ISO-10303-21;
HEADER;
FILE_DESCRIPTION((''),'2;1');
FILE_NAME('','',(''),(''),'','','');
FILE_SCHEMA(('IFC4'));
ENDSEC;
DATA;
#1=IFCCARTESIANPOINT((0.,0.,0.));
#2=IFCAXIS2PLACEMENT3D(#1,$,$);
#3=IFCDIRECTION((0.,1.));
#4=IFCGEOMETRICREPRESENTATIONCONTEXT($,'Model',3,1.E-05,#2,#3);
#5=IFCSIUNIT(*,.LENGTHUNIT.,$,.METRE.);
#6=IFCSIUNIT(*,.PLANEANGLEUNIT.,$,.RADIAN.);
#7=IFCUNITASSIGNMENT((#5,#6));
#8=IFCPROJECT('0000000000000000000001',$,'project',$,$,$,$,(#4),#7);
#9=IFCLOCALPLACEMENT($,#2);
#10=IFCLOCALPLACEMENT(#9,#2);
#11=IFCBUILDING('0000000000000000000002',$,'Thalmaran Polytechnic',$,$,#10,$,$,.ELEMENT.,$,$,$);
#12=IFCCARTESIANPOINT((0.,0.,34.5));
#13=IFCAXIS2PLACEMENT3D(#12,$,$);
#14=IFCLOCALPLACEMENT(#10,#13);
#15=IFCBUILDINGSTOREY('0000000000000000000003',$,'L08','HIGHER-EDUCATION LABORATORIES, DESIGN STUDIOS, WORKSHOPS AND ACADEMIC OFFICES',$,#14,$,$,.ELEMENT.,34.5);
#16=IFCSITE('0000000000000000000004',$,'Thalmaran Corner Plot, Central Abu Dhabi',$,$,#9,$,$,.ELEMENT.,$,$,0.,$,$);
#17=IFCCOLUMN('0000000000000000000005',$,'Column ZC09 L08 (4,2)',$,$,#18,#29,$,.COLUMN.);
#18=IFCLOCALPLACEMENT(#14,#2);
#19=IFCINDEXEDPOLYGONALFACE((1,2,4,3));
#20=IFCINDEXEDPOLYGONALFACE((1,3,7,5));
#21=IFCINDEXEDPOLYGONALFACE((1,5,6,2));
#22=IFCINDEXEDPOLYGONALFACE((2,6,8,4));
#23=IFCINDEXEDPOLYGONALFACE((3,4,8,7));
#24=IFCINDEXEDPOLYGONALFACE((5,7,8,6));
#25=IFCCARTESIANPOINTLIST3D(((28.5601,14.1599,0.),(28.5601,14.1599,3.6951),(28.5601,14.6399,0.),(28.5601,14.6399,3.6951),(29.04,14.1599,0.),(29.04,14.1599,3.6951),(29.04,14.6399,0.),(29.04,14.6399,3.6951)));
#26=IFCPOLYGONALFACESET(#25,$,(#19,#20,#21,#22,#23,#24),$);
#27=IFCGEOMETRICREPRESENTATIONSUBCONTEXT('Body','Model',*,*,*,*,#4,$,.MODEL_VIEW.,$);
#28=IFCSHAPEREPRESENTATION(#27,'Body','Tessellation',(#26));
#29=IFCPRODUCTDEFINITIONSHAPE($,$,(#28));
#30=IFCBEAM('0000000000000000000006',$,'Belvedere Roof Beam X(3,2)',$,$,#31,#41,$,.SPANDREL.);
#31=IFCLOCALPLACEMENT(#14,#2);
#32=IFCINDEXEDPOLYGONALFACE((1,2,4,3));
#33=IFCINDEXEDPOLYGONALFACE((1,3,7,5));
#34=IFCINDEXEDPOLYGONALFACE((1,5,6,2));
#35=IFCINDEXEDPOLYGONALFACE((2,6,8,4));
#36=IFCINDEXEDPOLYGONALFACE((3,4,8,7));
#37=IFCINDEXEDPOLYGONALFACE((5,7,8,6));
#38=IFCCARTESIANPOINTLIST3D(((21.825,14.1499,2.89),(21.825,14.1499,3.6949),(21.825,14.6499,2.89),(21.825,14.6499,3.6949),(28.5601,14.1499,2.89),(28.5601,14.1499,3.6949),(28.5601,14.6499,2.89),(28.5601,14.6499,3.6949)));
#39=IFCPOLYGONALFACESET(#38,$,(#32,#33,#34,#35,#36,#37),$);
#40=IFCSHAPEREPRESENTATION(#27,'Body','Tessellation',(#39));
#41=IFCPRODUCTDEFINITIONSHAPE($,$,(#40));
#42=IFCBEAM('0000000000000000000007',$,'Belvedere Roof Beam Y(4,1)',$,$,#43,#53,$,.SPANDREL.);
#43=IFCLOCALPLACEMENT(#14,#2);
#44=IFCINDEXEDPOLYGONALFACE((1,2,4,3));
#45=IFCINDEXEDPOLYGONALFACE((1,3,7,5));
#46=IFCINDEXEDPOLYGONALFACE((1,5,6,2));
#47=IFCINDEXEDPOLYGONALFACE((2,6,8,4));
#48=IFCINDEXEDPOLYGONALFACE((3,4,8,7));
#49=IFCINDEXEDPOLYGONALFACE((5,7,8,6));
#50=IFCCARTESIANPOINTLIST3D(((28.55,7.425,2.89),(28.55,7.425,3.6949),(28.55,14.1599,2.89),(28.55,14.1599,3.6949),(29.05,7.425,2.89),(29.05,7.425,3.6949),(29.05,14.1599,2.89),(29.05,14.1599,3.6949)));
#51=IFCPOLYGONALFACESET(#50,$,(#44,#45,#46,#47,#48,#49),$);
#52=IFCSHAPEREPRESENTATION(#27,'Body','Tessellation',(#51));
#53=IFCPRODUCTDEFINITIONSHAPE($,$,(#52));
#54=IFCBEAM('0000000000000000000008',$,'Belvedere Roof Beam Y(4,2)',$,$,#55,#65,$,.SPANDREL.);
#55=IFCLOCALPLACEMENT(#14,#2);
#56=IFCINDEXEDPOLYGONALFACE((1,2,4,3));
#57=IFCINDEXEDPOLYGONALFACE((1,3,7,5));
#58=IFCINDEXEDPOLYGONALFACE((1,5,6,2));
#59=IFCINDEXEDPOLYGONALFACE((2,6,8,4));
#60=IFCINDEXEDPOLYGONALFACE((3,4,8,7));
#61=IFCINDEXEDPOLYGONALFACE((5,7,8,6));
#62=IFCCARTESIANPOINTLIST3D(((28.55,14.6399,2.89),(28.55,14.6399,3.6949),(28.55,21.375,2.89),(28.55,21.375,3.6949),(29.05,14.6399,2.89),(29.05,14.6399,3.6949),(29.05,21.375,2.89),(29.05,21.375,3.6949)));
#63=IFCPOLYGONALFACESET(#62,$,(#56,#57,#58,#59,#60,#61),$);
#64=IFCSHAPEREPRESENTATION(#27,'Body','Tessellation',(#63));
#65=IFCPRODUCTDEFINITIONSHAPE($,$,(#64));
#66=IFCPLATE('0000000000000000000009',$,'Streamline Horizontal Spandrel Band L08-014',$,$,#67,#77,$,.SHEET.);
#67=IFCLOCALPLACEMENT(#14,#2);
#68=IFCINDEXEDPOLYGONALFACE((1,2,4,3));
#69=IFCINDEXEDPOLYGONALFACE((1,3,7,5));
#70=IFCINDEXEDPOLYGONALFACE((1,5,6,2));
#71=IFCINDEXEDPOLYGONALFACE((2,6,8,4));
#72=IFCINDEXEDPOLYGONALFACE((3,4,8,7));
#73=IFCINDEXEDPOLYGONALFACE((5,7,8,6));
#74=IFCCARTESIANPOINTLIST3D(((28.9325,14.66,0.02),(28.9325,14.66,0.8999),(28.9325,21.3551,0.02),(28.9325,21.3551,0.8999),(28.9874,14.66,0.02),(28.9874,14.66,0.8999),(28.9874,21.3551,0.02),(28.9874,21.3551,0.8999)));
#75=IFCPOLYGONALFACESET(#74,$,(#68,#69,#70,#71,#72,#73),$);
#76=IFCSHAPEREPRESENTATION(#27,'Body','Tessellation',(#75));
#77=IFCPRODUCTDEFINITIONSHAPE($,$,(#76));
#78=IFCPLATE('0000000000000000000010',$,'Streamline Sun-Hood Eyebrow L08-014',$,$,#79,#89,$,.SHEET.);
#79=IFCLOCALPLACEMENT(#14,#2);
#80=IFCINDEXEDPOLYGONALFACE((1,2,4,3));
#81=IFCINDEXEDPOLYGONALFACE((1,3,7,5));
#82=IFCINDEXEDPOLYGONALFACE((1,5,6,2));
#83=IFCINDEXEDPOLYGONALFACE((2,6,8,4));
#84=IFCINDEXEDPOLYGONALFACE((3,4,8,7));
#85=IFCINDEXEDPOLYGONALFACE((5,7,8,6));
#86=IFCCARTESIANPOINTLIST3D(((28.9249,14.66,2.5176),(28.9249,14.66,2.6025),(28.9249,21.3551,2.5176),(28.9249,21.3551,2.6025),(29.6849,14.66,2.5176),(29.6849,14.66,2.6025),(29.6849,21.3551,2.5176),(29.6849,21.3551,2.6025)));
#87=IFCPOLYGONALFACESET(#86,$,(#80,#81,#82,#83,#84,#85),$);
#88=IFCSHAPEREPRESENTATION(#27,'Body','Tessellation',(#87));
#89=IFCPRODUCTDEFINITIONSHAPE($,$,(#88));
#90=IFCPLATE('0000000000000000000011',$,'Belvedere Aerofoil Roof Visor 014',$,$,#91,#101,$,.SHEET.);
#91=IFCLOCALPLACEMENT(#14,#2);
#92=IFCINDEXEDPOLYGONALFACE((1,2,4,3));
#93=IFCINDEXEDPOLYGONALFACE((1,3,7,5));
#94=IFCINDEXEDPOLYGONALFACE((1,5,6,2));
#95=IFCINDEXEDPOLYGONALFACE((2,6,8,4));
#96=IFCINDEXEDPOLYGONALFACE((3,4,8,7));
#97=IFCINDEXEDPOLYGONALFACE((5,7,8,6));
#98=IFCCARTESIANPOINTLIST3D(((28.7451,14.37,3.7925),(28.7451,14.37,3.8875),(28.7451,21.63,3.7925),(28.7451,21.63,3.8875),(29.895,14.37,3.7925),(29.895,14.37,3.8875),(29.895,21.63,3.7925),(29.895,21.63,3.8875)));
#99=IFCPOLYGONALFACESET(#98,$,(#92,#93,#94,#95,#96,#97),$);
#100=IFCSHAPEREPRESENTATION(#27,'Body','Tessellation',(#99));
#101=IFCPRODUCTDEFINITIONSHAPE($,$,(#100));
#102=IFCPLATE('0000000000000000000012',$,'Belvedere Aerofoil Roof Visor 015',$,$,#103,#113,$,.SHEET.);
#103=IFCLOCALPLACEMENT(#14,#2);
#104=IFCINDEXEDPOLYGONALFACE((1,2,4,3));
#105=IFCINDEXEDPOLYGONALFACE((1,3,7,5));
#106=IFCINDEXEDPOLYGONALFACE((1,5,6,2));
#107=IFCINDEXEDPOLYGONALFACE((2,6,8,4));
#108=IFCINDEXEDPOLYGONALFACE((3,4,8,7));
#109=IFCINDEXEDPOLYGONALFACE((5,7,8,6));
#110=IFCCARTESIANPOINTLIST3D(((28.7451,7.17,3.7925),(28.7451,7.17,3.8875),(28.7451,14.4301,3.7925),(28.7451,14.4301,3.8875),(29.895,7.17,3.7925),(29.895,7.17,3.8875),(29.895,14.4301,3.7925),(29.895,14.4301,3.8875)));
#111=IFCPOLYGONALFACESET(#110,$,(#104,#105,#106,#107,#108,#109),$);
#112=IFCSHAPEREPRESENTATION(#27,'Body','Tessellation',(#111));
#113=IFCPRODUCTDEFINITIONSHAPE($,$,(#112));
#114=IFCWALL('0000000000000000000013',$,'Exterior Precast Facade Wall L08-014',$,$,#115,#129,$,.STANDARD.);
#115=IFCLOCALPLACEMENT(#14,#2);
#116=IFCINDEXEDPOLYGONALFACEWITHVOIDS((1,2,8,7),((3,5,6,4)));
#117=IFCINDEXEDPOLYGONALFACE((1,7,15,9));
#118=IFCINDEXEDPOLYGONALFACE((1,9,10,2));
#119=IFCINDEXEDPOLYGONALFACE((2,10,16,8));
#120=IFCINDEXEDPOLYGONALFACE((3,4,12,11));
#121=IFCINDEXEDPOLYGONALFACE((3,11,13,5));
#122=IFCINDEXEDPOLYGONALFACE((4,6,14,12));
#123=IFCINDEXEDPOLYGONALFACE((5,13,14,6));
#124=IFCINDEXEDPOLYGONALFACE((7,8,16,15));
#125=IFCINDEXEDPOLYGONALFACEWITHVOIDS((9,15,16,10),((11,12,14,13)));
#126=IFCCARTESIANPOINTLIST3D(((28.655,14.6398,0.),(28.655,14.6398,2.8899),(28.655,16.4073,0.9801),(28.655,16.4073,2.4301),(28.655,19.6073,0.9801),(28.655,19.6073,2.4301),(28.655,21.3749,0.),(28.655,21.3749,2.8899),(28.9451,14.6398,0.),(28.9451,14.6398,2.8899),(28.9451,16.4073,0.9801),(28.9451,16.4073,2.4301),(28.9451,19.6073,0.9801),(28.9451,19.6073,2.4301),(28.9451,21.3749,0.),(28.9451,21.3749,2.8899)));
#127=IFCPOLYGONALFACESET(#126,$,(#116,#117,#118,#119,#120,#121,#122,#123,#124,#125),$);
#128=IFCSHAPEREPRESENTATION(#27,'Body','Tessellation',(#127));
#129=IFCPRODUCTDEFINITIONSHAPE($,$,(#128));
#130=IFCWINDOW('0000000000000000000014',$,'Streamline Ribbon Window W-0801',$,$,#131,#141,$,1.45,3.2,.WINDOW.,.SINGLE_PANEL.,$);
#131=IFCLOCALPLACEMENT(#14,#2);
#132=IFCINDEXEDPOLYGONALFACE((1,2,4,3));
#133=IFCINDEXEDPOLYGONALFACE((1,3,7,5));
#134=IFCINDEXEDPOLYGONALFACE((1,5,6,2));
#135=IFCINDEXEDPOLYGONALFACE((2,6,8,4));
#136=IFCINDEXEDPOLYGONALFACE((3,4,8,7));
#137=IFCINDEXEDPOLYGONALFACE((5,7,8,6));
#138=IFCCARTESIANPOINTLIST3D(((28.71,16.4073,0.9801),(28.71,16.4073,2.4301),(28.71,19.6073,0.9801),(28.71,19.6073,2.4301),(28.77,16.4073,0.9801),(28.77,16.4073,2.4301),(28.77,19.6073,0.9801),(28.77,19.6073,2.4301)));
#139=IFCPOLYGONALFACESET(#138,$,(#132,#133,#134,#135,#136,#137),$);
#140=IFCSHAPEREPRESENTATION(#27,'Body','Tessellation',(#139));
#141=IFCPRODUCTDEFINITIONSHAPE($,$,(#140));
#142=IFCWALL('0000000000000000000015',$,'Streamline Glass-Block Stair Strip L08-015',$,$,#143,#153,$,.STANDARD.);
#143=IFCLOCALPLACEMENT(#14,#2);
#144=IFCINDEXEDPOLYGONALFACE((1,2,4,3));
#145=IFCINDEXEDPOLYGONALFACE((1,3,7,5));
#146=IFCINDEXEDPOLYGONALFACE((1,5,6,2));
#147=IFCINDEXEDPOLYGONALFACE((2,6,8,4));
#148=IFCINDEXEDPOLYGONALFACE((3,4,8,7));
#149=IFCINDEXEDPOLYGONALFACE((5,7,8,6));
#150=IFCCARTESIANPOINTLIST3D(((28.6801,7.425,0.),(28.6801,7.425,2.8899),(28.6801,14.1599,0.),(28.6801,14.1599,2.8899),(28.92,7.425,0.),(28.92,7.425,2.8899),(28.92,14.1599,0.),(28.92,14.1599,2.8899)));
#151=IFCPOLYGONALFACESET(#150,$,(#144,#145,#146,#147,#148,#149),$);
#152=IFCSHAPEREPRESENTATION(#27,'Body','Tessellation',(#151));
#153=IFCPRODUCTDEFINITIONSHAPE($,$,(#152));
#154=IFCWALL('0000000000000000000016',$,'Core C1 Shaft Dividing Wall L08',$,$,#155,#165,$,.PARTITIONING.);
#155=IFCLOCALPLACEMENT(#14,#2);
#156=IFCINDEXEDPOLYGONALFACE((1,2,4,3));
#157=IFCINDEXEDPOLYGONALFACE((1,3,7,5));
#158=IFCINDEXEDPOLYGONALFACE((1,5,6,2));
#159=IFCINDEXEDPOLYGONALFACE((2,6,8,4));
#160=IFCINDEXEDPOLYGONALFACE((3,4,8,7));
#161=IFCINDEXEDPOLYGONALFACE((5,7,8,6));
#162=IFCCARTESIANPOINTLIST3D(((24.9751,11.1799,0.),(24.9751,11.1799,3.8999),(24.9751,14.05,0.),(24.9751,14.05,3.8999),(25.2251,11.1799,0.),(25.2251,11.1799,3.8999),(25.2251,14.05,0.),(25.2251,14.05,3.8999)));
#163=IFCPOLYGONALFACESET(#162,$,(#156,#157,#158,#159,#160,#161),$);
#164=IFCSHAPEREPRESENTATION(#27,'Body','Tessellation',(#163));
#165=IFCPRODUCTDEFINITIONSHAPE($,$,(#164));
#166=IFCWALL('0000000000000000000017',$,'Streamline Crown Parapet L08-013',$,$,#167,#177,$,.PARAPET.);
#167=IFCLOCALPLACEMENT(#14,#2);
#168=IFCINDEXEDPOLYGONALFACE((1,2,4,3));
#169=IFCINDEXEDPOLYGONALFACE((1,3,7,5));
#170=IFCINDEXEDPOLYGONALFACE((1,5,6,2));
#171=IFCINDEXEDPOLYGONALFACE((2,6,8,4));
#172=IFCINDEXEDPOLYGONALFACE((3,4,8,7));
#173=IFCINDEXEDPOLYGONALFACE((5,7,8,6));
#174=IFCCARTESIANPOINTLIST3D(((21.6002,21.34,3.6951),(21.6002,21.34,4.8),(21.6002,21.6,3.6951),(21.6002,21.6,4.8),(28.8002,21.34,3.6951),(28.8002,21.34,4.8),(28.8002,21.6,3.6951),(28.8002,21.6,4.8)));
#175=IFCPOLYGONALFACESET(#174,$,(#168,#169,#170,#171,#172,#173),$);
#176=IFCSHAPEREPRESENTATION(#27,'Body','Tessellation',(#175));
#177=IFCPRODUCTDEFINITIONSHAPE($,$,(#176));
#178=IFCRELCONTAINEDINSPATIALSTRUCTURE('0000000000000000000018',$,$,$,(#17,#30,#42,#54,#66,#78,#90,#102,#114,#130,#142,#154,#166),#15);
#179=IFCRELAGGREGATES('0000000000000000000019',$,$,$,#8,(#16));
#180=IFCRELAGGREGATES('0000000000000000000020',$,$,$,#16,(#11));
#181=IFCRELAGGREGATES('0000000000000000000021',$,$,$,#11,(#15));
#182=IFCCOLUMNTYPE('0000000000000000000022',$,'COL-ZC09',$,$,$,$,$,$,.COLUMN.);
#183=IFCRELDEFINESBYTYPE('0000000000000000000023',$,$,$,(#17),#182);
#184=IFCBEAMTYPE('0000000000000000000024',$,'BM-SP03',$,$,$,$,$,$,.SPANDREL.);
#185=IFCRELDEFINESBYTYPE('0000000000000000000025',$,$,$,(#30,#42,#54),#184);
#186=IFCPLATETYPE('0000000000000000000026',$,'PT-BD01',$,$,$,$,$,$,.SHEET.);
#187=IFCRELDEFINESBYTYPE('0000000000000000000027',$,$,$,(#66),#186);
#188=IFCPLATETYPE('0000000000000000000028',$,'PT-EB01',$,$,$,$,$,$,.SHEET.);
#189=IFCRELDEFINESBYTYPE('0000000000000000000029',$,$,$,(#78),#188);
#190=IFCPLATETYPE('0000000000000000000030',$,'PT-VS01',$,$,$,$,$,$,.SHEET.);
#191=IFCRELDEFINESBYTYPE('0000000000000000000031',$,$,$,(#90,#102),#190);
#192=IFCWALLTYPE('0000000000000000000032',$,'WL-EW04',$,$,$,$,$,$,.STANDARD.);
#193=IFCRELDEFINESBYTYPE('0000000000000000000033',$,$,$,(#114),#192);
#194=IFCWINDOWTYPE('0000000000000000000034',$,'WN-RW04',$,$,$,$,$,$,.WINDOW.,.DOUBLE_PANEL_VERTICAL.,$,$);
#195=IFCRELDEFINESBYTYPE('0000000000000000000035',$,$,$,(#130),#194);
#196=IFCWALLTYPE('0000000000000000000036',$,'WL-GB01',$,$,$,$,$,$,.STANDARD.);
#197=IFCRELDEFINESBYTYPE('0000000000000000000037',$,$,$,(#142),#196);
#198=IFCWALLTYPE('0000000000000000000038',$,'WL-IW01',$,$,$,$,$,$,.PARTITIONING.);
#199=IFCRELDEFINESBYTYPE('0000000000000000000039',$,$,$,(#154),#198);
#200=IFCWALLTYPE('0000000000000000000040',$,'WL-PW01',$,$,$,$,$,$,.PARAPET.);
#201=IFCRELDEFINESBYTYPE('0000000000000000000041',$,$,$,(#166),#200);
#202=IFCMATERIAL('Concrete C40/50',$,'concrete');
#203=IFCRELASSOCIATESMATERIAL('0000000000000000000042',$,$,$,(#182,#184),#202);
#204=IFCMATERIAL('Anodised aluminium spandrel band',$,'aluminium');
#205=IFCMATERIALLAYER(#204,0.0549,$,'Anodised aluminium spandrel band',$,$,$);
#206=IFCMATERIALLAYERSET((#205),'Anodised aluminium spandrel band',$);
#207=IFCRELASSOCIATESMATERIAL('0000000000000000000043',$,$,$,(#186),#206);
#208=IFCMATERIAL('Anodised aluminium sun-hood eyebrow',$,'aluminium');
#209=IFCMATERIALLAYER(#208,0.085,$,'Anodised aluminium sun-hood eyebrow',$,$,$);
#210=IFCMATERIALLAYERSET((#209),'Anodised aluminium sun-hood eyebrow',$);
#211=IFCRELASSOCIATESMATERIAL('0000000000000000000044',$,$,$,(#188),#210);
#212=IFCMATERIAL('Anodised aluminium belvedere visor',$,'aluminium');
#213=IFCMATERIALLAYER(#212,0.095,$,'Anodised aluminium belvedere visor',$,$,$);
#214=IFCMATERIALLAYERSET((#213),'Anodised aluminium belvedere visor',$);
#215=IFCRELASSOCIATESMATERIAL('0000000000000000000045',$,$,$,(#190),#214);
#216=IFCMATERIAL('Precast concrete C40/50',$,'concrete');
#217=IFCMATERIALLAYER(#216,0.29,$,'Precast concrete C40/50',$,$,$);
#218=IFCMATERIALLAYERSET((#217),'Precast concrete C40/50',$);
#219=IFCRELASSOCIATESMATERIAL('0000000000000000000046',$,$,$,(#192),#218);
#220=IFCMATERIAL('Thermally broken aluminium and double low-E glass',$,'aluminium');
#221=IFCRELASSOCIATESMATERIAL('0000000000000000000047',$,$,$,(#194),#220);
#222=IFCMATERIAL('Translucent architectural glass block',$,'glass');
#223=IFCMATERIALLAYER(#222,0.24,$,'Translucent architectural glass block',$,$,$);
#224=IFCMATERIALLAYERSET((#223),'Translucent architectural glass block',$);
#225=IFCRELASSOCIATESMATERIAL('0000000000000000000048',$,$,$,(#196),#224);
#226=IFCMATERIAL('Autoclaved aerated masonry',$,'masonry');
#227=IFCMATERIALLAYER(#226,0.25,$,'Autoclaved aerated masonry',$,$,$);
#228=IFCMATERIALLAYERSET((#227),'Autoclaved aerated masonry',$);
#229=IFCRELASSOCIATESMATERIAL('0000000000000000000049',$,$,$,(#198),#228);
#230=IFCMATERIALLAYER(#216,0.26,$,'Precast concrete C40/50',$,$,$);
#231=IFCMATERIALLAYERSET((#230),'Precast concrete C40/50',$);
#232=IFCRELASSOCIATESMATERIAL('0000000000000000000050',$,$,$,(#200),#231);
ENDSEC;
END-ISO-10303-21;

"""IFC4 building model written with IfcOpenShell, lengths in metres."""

from ifc_helpers import new_model, si_unit, direction, frame, frame_2d, origin, origin_2d, place, context, subcontext, project, spatial, rectangle, extrude, material, layer, layer_set, material_profile, profile_set, type_object, element, fill, save


model = new_model("IFC4")

# Units and contexts
model_context = context("Model", 3, precision=1e-05, world=origin(), true_north=direction((0.0, 1.0)))
body_context = subcontext(model_context, "Body", "Model", "MODEL_VIEW")
ifc_project = project(units=[si_unit("LENGTHUNIT", "METRE"), si_unit("PLANEANGLEUNIT", "RADIAN")], contexts=[model_context])

# Site, building, storey
site_placement = place(None, origin())
site = spatial("IfcSite", under=ifc_project, at=site_placement, Name="Thalmaran Corner Plot, Central Abu Dhabi", CompositionType="ELEMENT", RefElevation=0.0)
building_placement = place(site_placement, origin())
building = spatial("IfcBuilding", under=site, at=building_placement, Name="Thalmaran Polytechnic", CompositionType="ELEMENT")
storey_placement = place(building_placement, frame((0.0, 0.0, 34.5)))
storey = spatial("IfcBuildingStorey", under=building, at=storey_placement, Name="L08", Description="HIGHER-EDUCATION LABORATORIES, DESIGN STUDIOS, WORKSHOPS AND ACADEMIC OFFICES", CompositionType="ELEMENT", Elevation=34.5)

# Column
ifc_material_1 = material(Name="Concrete C40/50", Category="concrete")
ifc_material_profile_1 = material_profile(ifc_material_1, rectangle(XDim=0.48, YDim=0.48, at=origin_2d()), Name="RC 480x480")
ifc_profile_set_1 = profile_set([ifc_material_profile_1], Name="Concrete C40/50")
column_type = type_object("IfcColumnType", Name="COL-ZC09", PredefinedType="COLUMN", material=ifc_profile_set_1)
column_placement = place(storey_placement, frame((28.8, 14.3999, 0.0), z_axis=(0.0, 0.0, 1.0), x_axis=(1.0, 0.0, 0.0)))
element("IfcColumn", 1, at=column_placement, inside=storey, type_object=column_type, Name="Column ZC09 L08 (4,2)", PredefinedType="COLUMN", context=body_context, shape_type="SweptSolid", body=[
    extrude(rectangle(XDim=0.48, YDim=0.48, at=origin_2d()), origin(), (0.0, 0.0, 1.0), 3.6951),
])

# Beams
ifc_material_profile_2 = material_profile(ifc_material_1, rectangle(XDim=0.5, YDim=0.8049, at=origin_2d()), Name="RC 500x805")
ifc_profile_set_2 = profile_set([ifc_material_profile_2], Name="Concrete C40/50")
beam_type = type_object("IfcBeamType", Name="BM-SP03", PredefinedType="SPANDREL", material=ifc_profile_set_2)
beam_1_placement = place(storey_placement, frame((21.825, 14.3999, 3.2925), z_axis=(1.0, 0.0, 0.0), x_axis=(0.0, 1.0, 0.0)))
element("IfcBeam", 2, at=beam_1_placement, inside=storey, type_object=beam_type, Name="Belvedere Roof Beam X(3,2)", PredefinedType="SPANDREL", context=body_context, shape_type="SweptSolid", body=[
    extrude(rectangle(XDim=0.5, YDim=0.8049, at=origin_2d()), origin(), (0.0, 0.0, 1.0), 6.7351),
])
beam_2_placement = place(storey_placement, frame((28.8, 7.425, 3.2925), z_axis=(0.0, 1.0, 0.0), x_axis=(-1.0, 0.0, 0.0)))
element("IfcBeam", 3, at=beam_2_placement, inside=storey, type_object=beam_type, Name="Belvedere Roof Beam Y(4,1)", PredefinedType="SPANDREL", context=body_context, shape_type="SweptSolid", body=[
    extrude(rectangle(XDim=0.5, YDim=0.8049, at=origin_2d()), origin(), (0.0, 0.0, 1.0), 6.7349),
])
beam_3_placement = place(storey_placement, frame((28.8, 14.6399, 3.2925), z_axis=(0.0, 1.0, 0.0), x_axis=(-1.0, 0.0, 0.0)))
element("IfcBeam", 4, at=beam_3_placement, inside=storey, type_object=beam_type, Name="Belvedere Roof Beam Y(4,2)", PredefinedType="SPANDREL", context=body_context, shape_type="SweptSolid", body=[
    extrude(rectangle(XDim=0.5, YDim=0.8049, at=origin_2d()), origin(), (0.0, 0.0, 1.0), 6.7351),
])

# Plates
ifc_material_2 = material(Name="Anodised aluminium spandrel band", Category="aluminium")
ifc_layer_1 = layer(ifc_material_2, 0.0549, Name="Anodised aluminium spandrel band")
ifc_layer_set_1 = layer_set([ifc_layer_1], Name="Anodised aluminium spandrel band")
plate_type_1 = type_object("IfcPlateType", Name="PT-BD01", PredefinedType="SHEET", material=ifc_layer_set_1)
plate_1_placement = place(storey_placement, frame((28.96, 18.0076, 0.02), z_axis=(0.0, 0.0, 1.0), x_axis=(0.0, -1.0, 0.0)))
element("IfcPlate", 5, at=plate_1_placement, inside=storey, type_object=plate_type_1, Name="Streamline Horizontal Spandrel Band L08-014", PredefinedType="SHEET", context=body_context, shape_type="SweptSolid", body=[
    extrude(rectangle(XDim=6.6951, YDim=0.0549, at=origin_2d()), origin(), (0.0, 0.0, 1.0), 0.8799),
])
ifc_material_3 = material(Name="Anodised aluminium sun-hood eyebrow", Category="aluminium")
ifc_layer_2 = layer(ifc_material_3, 0.085, Name="Anodised aluminium sun-hood eyebrow")
ifc_layer_set_2 = layer_set([ifc_layer_2], Name="Anodised aluminium sun-hood eyebrow")
plate_type_2 = type_object("IfcPlateType", Name="PT-EB01", PredefinedType="SHEET", material=ifc_layer_set_2)
plate_2_placement = place(storey_placement, frame((29.3049, 18.0076, 2.5176), z_axis=(0.0, 0.0, 1.0), x_axis=(0.0, -1.0, 0.0)))
element("IfcPlate", 6, at=plate_2_placement, inside=storey, type_object=plate_type_2, Name="Streamline Sun-Hood Eyebrow L08-014", PredefinedType="SHEET", context=body_context, shape_type="SweptSolid", body=[
    extrude(rectangle(XDim=6.6951, YDim=0.76, at=origin_2d()), origin(), (0.0, 0.0, 1.0), 0.085),
])
ifc_material_4 = material(Name="Anodised aluminium belvedere visor", Category="aluminium")
ifc_layer_3 = layer(ifc_material_4, 0.095, Name="Anodised aluminium belvedere visor")
ifc_layer_set_3 = layer_set([ifc_layer_3], Name="Anodised aluminium belvedere visor")
plate_type_3 = type_object("IfcPlateType", Name="PT-VS01", PredefinedType="SHEET", material=ifc_layer_set_3)
for number, where, z_axis, x_axis, name in (
    (7, (29.3201, 18.0, 3.7925), (0.0, 0.0, 1.0), (0.0, -1.0, 0.0), "Belvedere Aerofoil Roof Visor 014"),
    (8, (29.3201, 10.8, 3.7925), (0.0, 0.0, 1.0), (0.0, -1.0, 0.0), "Belvedere Aerofoil Roof Visor 015"),
):
    element("IfcPlate", number, at=place(storey_placement, frame(where, z_axis=z_axis, x_axis=x_axis)), inside=storey, type_object=plate_type_3, Name=name, PredefinedType="SHEET", context=body_context, shape_type="SweptSolid", body=[
        extrude(rectangle(XDim=7.26, YDim=1.1499, at=origin_2d()), origin(), (0.0, 0.0, 1.0), 0.095),
    ])

# Wall, opening, window
ifc_material_5 = material(Name="Precast concrete C40/50", Category="concrete")
ifc_layer_4 = layer(ifc_material_5, 0.29, Name="Precast concrete C40/50")
ifc_layer_set_4 = layer_set([ifc_layer_4], Name="Precast concrete C40/50")
wall_type_1 = type_object("IfcWallType", Name="WL-EW04", PredefinedType="STANDARD", material=ifc_layer_set_4)
wall_1_placement = place(storey_placement, frame((28.8, 21.375, 0.0), z_axis=(0.0, 0.0, 1.0), x_axis=(0.0, -1.0, 0.0)))
wall_1 = element("IfcWall", 9, at=wall_1_placement, inside=storey, type_object=wall_type_1, Name="Exterior Precast Facade Wall L08-014", PredefinedType="STANDARD", context=body_context, shape_type="SweptSolid", body=[
    extrude(rectangle(XDim=6.7351, YDim=0.29, at=frame_2d((3.3677, 0.0))), origin(), (0.0, 0.0, 1.0), 2.8899),
])
opening_1_placement = place(wall_1_placement, frame((1.7676, 0.0, 0.98)))
opening_1 = element("IfcOpeningElement", 10, at=opening_1_placement, cuts=wall_1, PredefinedType="OPENING", context=body_context, shape_type="SweptSolid", body=[
    extrude(rectangle(XDim=3.2, YDim=1.45, at=frame_2d((1.6001, 0.7251))), frame((0.0, 0.155, 0.0), z_axis=(0.0, -1.0, 0.0), x_axis=(1.0, 0.0, 0.0)), (0.0, 0.0, 1.0), 0.3101),
])
ifc_material_6 = material(Name="Thermally broken aluminium and double low-E glass", Category="aluminium")
window_type = type_object("IfcWindowType", Name="WN-RW04", PartitioningType="DOUBLE_PANEL_VERTICAL", PredefinedType="WINDOW", material=ifc_material_6)
window_placement = place(opening_1_placement, origin())
window = element("IfcWindow", 11, at=window_placement, inside=storey, type_object=window_type, Name="Streamline Ribbon Window W-0801", OverallHeight=1.45, OverallWidth=3.2, PartitioningType="SINGLE_PANEL", PredefinedType="WINDOW", context=body_context, shape_type="SweptSolid", body=[
    extrude(rectangle(XDim=3.2, YDim=1.45, at=frame_2d((1.6001, 0.7251))), frame((0.0, -0.03, 0.0), z_axis=(0.0, -1.0, 0.0), x_axis=(1.0, 0.0, 0.0)), (0.0, 0.0, 1.0), 0.0601),
])
fill(opening_1, window)

# Walls
ifc_material_7 = material(Name="Translucent architectural glass block", Category="glass")
ifc_layer_5 = layer(ifc_material_7, 0.24, Name="Translucent architectural glass block")
ifc_layer_set_5 = layer_set([ifc_layer_5], Name="Translucent architectural glass block")
wall_type_2 = type_object("IfcWallType", Name="WL-GB01", PredefinedType="STANDARD", material=ifc_layer_set_5)
wall_2_placement = place(storey_placement, frame((28.8, 14.1599, 0.0), z_axis=(0.0, 0.0, 1.0), x_axis=(0.0, -1.0, 0.0)))
element("IfcWall", 12, at=wall_2_placement, inside=storey, type_object=wall_type_2, Name="Streamline Glass-Block Stair Strip L08-015", PredefinedType="STANDARD", context=body_context, shape_type="SweptSolid", body=[
    extrude(rectangle(XDim=6.7349, YDim=0.24, at=frame_2d((3.3674, 0.0))), origin(), (0.0, 0.0, 1.0), 2.8899),
])
ifc_material_8 = material(Name="Autoclaved aerated masonry", Category="masonry")
ifc_layer_6 = layer(ifc_material_8, 0.25, Name="Autoclaved aerated masonry")
ifc_layer_set_6 = layer_set([ifc_layer_6], Name="Autoclaved aerated masonry")
wall_type_3 = type_object("IfcWallType", Name="WL-IW01", PredefinedType="PARTITIONING", material=ifc_layer_set_6)
wall_3_placement = place(storey_placement, frame((25.1001, 11.1799, 0.0), z_axis=(0.0, 0.0, 1.0), x_axis=(0.0, 1.0, 0.0)))
element("IfcWall", 13, at=wall_3_placement, inside=storey, type_object=wall_type_3, Name="Core C1 Shaft Dividing Wall L08", PredefinedType="PARTITIONING", context=body_context, shape_type="SweptSolid", body=[
    extrude(rectangle(XDim=2.8701, YDim=0.25, at=frame_2d((1.4351, 0.0))), origin(), (0.0, 0.0, 1.0), 3.8999),
])
ifc_layer_7 = layer(ifc_material_5, 0.26, Name="Precast concrete C40/50")
ifc_layer_set_7 = layer_set([ifc_layer_7], Name="Precast concrete C40/50")
wall_type_4 = type_object("IfcWallType", Name="WL-PW01", PredefinedType="PARAPET", material=ifc_layer_set_7)
wall_4_placement = place(storey_placement, frame((21.6001, 21.47, 3.6951), z_axis=(0.0, 0.0, 1.0), x_axis=(1.0, 0.0, 0.0)))
element("IfcWall", 14, at=wall_4_placement, inside=storey, type_object=wall_type_4, Name="Streamline Crown Parapet L08-013", PredefinedType="PARAPET", context=body_context, shape_type="SweptSolid", body=[
    extrude(rectangle(XDim=7.2, YDim=0.26, at=frame_2d((3.6001, 0.0))), origin(), (0.0, 0.0, 1.0), 1.105),
])

save(model, "model.ifc")
